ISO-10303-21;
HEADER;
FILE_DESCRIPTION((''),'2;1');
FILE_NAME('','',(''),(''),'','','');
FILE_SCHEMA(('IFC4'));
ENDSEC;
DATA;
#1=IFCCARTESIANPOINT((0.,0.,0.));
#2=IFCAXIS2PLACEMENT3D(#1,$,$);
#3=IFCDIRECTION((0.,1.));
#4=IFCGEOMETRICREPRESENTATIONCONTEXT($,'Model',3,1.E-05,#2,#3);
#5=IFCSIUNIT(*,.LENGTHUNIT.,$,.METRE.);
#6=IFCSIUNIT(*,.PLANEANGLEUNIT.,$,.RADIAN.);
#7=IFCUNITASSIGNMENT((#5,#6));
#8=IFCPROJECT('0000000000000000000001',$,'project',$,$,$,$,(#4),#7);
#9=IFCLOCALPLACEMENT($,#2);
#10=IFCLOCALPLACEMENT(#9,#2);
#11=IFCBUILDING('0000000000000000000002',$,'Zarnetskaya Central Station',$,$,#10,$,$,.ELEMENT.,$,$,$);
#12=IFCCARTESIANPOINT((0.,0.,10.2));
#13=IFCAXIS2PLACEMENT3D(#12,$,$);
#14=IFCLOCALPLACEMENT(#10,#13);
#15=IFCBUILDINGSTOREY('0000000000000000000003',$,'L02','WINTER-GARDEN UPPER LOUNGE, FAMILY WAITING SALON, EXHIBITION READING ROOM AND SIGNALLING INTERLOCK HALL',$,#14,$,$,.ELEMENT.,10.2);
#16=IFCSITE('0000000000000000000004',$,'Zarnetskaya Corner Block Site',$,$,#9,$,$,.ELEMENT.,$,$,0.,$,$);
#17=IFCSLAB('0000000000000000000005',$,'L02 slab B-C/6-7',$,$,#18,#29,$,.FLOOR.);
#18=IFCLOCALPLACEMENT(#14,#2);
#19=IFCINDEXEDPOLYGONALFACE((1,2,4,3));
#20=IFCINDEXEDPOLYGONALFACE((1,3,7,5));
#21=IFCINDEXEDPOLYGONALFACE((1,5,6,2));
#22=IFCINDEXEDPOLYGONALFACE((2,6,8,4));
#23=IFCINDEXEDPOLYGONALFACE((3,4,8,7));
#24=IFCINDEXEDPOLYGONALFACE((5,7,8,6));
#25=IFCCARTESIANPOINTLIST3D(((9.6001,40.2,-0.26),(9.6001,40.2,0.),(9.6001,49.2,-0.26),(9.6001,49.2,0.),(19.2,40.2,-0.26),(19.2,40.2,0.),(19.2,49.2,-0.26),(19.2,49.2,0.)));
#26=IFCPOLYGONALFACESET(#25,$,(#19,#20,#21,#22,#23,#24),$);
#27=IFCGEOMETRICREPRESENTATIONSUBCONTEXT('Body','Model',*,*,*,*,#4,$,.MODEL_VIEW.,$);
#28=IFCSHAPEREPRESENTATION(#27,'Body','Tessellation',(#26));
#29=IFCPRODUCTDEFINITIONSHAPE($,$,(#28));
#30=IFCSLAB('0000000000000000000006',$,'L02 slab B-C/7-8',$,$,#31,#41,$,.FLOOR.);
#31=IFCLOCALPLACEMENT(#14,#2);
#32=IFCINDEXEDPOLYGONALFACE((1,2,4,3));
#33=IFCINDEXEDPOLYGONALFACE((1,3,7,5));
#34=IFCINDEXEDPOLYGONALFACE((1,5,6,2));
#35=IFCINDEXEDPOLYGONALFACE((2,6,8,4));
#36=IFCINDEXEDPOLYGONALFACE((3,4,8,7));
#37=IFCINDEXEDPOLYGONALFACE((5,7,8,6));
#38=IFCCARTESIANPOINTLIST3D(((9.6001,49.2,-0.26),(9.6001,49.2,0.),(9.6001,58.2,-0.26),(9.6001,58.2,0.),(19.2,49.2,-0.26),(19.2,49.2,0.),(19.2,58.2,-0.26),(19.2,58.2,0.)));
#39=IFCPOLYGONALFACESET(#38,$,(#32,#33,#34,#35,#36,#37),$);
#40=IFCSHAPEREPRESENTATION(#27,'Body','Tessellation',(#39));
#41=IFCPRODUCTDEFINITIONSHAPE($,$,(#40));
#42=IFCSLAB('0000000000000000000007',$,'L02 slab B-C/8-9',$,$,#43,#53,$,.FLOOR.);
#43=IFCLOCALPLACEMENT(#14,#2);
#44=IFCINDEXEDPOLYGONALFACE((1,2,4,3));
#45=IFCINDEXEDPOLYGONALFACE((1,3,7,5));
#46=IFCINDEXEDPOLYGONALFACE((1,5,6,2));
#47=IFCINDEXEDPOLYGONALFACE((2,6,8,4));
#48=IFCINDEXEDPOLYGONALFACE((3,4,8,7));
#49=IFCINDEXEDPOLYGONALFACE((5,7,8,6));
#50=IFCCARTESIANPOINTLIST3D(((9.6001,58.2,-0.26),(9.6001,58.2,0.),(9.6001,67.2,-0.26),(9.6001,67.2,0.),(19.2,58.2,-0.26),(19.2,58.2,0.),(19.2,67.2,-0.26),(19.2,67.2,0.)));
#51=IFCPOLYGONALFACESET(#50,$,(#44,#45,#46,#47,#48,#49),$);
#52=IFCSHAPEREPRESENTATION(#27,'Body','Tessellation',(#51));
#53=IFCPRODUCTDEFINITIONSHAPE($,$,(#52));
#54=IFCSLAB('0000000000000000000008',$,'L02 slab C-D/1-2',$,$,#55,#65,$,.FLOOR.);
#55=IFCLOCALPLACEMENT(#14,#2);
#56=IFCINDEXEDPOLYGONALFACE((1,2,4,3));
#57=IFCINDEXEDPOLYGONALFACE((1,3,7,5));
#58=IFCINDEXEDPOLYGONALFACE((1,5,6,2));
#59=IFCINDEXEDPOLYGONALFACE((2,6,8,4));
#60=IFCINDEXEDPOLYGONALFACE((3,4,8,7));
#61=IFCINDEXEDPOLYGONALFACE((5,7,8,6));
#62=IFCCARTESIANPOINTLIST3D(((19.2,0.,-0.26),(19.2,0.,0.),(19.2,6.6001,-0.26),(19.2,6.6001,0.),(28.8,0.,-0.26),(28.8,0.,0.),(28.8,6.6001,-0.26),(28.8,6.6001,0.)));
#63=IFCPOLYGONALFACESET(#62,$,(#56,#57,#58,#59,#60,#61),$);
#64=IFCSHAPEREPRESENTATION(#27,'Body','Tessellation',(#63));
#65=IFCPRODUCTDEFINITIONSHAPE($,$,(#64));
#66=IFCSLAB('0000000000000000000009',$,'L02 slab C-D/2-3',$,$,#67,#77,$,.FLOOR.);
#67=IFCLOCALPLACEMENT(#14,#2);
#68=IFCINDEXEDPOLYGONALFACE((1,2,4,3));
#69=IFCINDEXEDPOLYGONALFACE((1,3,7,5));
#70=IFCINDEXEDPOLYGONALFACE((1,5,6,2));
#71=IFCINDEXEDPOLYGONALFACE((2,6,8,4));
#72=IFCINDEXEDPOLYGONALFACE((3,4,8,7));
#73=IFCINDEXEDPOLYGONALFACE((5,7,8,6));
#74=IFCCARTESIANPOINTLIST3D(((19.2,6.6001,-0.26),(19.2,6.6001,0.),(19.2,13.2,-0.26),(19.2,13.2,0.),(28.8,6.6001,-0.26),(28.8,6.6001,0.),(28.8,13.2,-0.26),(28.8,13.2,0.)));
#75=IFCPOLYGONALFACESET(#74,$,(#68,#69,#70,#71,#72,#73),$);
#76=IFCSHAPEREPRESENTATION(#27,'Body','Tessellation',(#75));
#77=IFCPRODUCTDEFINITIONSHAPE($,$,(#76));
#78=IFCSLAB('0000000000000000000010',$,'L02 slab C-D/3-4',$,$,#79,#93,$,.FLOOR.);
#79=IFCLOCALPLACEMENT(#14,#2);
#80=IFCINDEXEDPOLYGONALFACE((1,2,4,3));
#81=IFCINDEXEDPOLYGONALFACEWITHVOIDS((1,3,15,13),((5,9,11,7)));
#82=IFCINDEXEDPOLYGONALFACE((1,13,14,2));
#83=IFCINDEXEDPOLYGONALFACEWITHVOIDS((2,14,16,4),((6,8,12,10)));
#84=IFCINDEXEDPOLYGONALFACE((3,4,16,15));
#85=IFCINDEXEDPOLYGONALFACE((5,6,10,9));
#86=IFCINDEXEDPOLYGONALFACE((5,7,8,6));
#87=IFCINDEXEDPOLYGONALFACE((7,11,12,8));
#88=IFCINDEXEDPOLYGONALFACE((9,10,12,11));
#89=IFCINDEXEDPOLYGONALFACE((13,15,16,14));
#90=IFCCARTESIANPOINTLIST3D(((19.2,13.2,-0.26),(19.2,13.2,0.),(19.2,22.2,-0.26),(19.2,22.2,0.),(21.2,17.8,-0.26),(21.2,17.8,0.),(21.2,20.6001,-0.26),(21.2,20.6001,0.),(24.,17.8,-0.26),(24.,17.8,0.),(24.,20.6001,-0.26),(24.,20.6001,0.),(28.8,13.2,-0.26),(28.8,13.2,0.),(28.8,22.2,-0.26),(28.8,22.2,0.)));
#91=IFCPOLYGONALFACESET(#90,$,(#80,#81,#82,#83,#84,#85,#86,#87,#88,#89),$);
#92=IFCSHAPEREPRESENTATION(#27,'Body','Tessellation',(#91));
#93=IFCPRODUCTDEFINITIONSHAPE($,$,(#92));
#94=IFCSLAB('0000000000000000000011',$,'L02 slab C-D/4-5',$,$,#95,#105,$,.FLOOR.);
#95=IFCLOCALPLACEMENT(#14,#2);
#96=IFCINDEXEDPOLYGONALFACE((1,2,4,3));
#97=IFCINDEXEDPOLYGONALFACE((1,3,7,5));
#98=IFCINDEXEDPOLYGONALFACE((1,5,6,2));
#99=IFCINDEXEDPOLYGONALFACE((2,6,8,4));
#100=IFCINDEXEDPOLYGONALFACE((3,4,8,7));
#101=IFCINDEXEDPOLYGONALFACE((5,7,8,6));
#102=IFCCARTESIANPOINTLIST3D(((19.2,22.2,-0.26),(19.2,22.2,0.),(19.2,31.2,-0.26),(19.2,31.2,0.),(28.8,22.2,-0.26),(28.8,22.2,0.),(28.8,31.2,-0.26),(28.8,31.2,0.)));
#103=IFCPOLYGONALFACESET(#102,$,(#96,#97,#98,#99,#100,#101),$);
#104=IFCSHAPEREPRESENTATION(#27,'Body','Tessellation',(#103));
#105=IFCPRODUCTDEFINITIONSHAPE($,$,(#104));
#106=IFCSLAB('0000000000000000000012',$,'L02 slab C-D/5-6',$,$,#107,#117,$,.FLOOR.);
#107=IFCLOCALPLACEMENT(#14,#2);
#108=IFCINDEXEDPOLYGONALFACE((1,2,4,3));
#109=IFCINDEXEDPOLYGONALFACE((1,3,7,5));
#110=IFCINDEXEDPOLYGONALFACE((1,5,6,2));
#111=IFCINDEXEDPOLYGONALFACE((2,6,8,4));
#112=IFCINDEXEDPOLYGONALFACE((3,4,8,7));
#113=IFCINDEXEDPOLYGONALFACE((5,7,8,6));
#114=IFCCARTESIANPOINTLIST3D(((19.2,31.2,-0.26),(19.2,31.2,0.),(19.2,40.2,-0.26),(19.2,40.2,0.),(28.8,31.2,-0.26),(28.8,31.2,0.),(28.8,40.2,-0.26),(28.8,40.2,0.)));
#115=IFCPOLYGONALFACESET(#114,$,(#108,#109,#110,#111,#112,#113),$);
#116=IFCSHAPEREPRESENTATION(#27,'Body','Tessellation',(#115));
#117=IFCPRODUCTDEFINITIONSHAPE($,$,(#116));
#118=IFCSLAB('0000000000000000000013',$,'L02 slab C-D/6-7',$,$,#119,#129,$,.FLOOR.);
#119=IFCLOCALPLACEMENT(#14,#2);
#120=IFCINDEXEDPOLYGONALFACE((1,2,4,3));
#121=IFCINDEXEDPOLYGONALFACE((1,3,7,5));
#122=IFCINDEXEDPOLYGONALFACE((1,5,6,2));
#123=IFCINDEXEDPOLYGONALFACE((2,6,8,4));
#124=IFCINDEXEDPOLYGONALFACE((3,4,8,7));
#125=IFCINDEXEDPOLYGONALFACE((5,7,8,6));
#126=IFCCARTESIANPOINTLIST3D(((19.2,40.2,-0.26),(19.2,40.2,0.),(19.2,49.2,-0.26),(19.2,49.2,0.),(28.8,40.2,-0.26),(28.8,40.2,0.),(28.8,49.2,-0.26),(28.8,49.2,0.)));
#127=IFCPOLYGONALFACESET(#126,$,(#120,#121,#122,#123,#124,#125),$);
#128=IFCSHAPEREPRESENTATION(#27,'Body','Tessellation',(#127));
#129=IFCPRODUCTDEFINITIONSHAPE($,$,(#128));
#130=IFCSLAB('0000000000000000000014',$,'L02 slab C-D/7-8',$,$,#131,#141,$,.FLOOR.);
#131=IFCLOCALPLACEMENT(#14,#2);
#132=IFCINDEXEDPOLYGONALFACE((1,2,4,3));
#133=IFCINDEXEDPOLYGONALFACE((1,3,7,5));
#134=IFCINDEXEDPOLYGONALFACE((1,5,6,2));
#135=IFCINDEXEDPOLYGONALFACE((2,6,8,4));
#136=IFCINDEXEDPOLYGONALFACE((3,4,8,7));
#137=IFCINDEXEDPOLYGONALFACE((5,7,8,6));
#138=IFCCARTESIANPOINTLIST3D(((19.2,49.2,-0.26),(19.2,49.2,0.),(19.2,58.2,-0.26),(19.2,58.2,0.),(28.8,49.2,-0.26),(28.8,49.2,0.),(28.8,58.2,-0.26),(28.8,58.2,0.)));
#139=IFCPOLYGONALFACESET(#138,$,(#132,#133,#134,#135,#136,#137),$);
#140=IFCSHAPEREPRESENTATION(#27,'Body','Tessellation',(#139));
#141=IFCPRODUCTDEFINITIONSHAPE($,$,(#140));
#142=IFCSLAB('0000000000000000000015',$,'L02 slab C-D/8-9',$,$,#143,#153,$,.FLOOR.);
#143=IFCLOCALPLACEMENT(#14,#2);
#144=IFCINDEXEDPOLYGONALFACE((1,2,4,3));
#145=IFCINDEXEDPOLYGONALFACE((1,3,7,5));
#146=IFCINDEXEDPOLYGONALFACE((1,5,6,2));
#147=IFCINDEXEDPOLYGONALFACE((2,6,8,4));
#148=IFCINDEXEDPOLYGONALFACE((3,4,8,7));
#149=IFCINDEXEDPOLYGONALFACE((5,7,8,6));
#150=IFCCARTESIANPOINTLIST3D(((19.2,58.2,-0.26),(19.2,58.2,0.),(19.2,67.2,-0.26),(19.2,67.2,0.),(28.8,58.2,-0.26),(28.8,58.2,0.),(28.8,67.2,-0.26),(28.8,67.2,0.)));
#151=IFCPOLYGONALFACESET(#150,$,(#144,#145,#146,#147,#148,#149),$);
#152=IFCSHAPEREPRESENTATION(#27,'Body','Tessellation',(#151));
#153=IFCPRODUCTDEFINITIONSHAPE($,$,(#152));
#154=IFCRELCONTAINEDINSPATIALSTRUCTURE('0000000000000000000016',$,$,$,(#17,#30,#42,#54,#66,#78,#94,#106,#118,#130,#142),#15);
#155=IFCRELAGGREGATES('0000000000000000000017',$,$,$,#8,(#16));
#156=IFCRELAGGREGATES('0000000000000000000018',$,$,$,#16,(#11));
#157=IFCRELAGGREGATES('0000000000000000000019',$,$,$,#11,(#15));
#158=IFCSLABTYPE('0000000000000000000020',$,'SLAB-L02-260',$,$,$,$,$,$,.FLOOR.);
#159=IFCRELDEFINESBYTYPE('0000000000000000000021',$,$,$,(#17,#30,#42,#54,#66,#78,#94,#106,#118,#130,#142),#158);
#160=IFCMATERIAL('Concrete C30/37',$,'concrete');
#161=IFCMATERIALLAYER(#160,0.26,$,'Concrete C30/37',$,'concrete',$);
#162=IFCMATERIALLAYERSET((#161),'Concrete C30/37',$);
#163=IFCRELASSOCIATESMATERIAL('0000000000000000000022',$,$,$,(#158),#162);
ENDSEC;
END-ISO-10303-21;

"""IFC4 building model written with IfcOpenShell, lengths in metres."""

from ifc_helpers import new_model, si_unit, direction, frame, origin, place, context, subcontext, project, spatial, polyline, outline, extrude, material, layer, layer_set, type_object, element, save


model = new_model("IFC4")

# Units and contexts
model_context = context("Model", 3, precision=1e-05, world=origin(), true_north=direction((0.0, 1.0)))
body_context = subcontext(model_context, "Body", "Model", "MODEL_VIEW")
ifc_project = project(units=[si_unit("LENGTHUNIT", "METRE"), si_unit("PLANEANGLEUNIT", "RADIAN")], contexts=[model_context])

# Site, building, storey
site_placement = place(None, origin())
site = spatial("IfcSite", under=ifc_project, at=site_placement, Name="Zarnetskaya Corner Block Site", CompositionType="ELEMENT", RefElevation=0.0)
building_placement = place(site_placement, origin())
building = spatial("IfcBuilding", under=site, at=building_placement, Name="Zarnetskaya Central Station", CompositionType="ELEMENT")
storey_placement = place(building_placement, frame((0.0, 0.0, 10.2)))
storey = spatial("IfcBuildingStorey", under=building, at=storey_placement, Name="L02", Description="WINTER-GARDEN UPPER LOUNGE, FAMILY WAITING SALON, EXHIBITION READING ROOM AND SIGNALLING INTERLOCK HALL", CompositionType="ELEMENT", Elevation=10.2)

# Slabs
ifc_material = material(Name="Concrete C30/37", Category="concrete")
ifc_layer = layer(ifc_material, 0.26, Name="Concrete C30/37", Category="concrete")
ifc_layer_set = layer_set([ifc_layer], Name="Concrete C30/37")
slab_type = type_object("IfcSlabType", Name="SLAB-L02-260", PredefinedType="FLOOR", material=ifc_layer_set)
slab_1_placement = place(storey_placement, frame((0.0, 0.0, -0.26)))
element("IfcSlab", 1, at=slab_1_placement, inside=storey, type_object=slab_type, Name="L02 slab B-C/6-7", PredefinedType="FLOOR", context=body_context, shape_type="SweptSolid", body=[
    extrude(outline(polyline([(9.6001, 40.2), (19.2, 40.2), (19.2, 49.2), (9.6001, 49.2), (9.6001, 40.2)])), origin(), (0.0, 0.0, 1.0), 0.26),
])
slab_2_placement = place(storey_placement, frame((0.0, 0.0, -0.26)))
element("IfcSlab", 2, at=slab_2_placement, inside=storey, type_object=slab_type, Name="L02 slab B-C/7-8", PredefinedType="FLOOR", context=body_context, shape_type="SweptSolid", body=[
    extrude(outline(polyline([(9.6001, 49.2), (19.2, 49.2), (19.2, 58.2), (9.6001, 58.2), (9.6001, 49.2)])), origin(), (0.0, 0.0, 1.0), 0.26),
])
slab_3_placement = place(storey_placement, frame((0.0, 0.0, -0.26)))
element("IfcSlab", 3, at=slab_3_placement, inside=storey, type_object=slab_type, Name="L02 slab B-C/8-9", PredefinedType="FLOOR", context=body_context, shape_type="SweptSolid", body=[
    extrude(outline(polyline([(9.6001, 58.2), (19.2, 58.2), (19.2, 67.2), (9.6001, 67.2), (9.6001, 58.2)])), origin(), (0.0, 0.0, 1.0), 0.26),
])
slab_4_placement = place(storey_placement, frame((0.0, 0.0, -0.26)))
element("IfcSlab", 4, at=slab_4_placement, inside=storey, type_object=slab_type, Name="L02 slab C-D/1-2", PredefinedType="FLOOR", context=body_context, shape_type="SweptSolid", body=[
    extrude(outline(polyline([(19.2, 0.0), (28.8, 0.0), (28.8, 6.6001), (19.2, 6.6001), (19.2, 0.0)])), origin(), (0.0, 0.0, 1.0), 0.26),
])
slab_5_placement = place(storey_placement, frame((0.0, 0.0, -0.26)))
element("IfcSlab", 5, at=slab_5_placement, inside=storey, type_object=slab_type, Name="L02 slab C-D/2-3", PredefinedType="FLOOR", context=body_context, shape_type="SweptSolid", body=[
    extrude(outline(polyline([(19.2, 6.6001), (28.8, 6.6001), (28.8, 13.2), (19.2, 13.2), (19.2, 6.6001)])), origin(), (0.0, 0.0, 1.0), 0.26),
])
slab_6_placement = place(storey_placement, frame((0.0, 0.0, -0.26)))
element("IfcSlab", 6, at=slab_6_placement, inside=storey, type_object=slab_type, Name="L02 slab C-D/3-4", PredefinedType="FLOOR", context=body_context, shape_type="SweptSolid", body=[
    extrude(outline(polyline([(19.2, 13.2), (28.8, 13.2), (28.8, 22.2), (19.2, 22.2), (19.2, 13.2)]), holes=[polyline([(21.2, 17.8), (24.0, 17.8), (24.0, 20.6001), (21.2, 20.6001), (21.2, 17.8)])]), origin(), (0.0, 0.0, 1.0), 0.26),
])
slab_7_placement = place(storey_placement, frame((0.0, 0.0, -0.26)))
element("IfcSlab", 7, at=slab_7_placement, inside=storey, type_object=slab_type, Name="L02 slab C-D/4-5", PredefinedType="FLOOR", context=body_context, shape_type="SweptSolid", body=[
    extrude(outline(polyline([(19.2, 22.2), (28.8, 22.2), (28.8, 31.2), (19.2, 31.2), (19.2, 22.2)])), origin(), (0.0, 0.0, 1.0), 0.26),
])
slab_8_placement = place(storey_placement, frame((0.0, 0.0, -0.26)))
element("IfcSlab", 8, at=slab_8_placement, inside=storey, type_object=slab_type, Name="L02 slab C-D/5-6", PredefinedType="FLOOR", context=body_context, shape_type="SweptSolid", body=[
    extrude(outline(polyline([(19.2, 31.2), (28.8, 31.2), (28.8, 40.2), (19.2, 40.2), (19.2, 31.2)])), origin(), (0.0, 0.0, 1.0), 0.26),
])
slab_9_placement = place(storey_placement, frame((0.0, 0.0, -0.26)))
element("IfcSlab", 9, at=slab_9_placement, inside=storey, type_object=slab_type, Name="L02 slab C-D/6-7", PredefinedType="FLOOR", context=body_context, shape_type="SweptSolid", body=[
    extrude(outline(polyline([(19.2, 40.2), (28.8, 40.2), (28.8, 49.2), (19.2, 49.2), (19.2, 40.2)])), origin(), (0.0, 0.0, 1.0), 0.26),
])
slab_10_placement = place(storey_placement, frame((0.0, 0.0, -0.26)))
element("IfcSlab", 10, at=slab_10_placement, inside=storey, type_object=slab_type, Name="L02 slab C-D/7-8", PredefinedType="FLOOR", context=body_context, shape_type="SweptSolid", body=[
    extrude(outline(polyline([(19.2, 49.2), (28.8, 49.2), (28.8, 58.2), (19.2, 58.2), (19.2, 49.2)])), origin(), (0.0, 0.0, 1.0), 0.26),
])
slab_11_placement = place(storey_placement, frame((0.0, 0.0, -0.26)))
element("IfcSlab", 11, at=slab_11_placement, inside=storey, type_object=slab_type, Name="L02 slab C-D/8-9", PredefinedType="FLOOR", context=body_context, shape_type="SweptSolid", body=[
    extrude(outline(polyline([(19.2, 58.2), (28.8, 58.2), (28.8, 67.2), (19.2, 67.2), (19.2, 58.2)])), origin(), (0.0, 0.0, 1.0), 0.26),
])

save(model, "model.ifc")
